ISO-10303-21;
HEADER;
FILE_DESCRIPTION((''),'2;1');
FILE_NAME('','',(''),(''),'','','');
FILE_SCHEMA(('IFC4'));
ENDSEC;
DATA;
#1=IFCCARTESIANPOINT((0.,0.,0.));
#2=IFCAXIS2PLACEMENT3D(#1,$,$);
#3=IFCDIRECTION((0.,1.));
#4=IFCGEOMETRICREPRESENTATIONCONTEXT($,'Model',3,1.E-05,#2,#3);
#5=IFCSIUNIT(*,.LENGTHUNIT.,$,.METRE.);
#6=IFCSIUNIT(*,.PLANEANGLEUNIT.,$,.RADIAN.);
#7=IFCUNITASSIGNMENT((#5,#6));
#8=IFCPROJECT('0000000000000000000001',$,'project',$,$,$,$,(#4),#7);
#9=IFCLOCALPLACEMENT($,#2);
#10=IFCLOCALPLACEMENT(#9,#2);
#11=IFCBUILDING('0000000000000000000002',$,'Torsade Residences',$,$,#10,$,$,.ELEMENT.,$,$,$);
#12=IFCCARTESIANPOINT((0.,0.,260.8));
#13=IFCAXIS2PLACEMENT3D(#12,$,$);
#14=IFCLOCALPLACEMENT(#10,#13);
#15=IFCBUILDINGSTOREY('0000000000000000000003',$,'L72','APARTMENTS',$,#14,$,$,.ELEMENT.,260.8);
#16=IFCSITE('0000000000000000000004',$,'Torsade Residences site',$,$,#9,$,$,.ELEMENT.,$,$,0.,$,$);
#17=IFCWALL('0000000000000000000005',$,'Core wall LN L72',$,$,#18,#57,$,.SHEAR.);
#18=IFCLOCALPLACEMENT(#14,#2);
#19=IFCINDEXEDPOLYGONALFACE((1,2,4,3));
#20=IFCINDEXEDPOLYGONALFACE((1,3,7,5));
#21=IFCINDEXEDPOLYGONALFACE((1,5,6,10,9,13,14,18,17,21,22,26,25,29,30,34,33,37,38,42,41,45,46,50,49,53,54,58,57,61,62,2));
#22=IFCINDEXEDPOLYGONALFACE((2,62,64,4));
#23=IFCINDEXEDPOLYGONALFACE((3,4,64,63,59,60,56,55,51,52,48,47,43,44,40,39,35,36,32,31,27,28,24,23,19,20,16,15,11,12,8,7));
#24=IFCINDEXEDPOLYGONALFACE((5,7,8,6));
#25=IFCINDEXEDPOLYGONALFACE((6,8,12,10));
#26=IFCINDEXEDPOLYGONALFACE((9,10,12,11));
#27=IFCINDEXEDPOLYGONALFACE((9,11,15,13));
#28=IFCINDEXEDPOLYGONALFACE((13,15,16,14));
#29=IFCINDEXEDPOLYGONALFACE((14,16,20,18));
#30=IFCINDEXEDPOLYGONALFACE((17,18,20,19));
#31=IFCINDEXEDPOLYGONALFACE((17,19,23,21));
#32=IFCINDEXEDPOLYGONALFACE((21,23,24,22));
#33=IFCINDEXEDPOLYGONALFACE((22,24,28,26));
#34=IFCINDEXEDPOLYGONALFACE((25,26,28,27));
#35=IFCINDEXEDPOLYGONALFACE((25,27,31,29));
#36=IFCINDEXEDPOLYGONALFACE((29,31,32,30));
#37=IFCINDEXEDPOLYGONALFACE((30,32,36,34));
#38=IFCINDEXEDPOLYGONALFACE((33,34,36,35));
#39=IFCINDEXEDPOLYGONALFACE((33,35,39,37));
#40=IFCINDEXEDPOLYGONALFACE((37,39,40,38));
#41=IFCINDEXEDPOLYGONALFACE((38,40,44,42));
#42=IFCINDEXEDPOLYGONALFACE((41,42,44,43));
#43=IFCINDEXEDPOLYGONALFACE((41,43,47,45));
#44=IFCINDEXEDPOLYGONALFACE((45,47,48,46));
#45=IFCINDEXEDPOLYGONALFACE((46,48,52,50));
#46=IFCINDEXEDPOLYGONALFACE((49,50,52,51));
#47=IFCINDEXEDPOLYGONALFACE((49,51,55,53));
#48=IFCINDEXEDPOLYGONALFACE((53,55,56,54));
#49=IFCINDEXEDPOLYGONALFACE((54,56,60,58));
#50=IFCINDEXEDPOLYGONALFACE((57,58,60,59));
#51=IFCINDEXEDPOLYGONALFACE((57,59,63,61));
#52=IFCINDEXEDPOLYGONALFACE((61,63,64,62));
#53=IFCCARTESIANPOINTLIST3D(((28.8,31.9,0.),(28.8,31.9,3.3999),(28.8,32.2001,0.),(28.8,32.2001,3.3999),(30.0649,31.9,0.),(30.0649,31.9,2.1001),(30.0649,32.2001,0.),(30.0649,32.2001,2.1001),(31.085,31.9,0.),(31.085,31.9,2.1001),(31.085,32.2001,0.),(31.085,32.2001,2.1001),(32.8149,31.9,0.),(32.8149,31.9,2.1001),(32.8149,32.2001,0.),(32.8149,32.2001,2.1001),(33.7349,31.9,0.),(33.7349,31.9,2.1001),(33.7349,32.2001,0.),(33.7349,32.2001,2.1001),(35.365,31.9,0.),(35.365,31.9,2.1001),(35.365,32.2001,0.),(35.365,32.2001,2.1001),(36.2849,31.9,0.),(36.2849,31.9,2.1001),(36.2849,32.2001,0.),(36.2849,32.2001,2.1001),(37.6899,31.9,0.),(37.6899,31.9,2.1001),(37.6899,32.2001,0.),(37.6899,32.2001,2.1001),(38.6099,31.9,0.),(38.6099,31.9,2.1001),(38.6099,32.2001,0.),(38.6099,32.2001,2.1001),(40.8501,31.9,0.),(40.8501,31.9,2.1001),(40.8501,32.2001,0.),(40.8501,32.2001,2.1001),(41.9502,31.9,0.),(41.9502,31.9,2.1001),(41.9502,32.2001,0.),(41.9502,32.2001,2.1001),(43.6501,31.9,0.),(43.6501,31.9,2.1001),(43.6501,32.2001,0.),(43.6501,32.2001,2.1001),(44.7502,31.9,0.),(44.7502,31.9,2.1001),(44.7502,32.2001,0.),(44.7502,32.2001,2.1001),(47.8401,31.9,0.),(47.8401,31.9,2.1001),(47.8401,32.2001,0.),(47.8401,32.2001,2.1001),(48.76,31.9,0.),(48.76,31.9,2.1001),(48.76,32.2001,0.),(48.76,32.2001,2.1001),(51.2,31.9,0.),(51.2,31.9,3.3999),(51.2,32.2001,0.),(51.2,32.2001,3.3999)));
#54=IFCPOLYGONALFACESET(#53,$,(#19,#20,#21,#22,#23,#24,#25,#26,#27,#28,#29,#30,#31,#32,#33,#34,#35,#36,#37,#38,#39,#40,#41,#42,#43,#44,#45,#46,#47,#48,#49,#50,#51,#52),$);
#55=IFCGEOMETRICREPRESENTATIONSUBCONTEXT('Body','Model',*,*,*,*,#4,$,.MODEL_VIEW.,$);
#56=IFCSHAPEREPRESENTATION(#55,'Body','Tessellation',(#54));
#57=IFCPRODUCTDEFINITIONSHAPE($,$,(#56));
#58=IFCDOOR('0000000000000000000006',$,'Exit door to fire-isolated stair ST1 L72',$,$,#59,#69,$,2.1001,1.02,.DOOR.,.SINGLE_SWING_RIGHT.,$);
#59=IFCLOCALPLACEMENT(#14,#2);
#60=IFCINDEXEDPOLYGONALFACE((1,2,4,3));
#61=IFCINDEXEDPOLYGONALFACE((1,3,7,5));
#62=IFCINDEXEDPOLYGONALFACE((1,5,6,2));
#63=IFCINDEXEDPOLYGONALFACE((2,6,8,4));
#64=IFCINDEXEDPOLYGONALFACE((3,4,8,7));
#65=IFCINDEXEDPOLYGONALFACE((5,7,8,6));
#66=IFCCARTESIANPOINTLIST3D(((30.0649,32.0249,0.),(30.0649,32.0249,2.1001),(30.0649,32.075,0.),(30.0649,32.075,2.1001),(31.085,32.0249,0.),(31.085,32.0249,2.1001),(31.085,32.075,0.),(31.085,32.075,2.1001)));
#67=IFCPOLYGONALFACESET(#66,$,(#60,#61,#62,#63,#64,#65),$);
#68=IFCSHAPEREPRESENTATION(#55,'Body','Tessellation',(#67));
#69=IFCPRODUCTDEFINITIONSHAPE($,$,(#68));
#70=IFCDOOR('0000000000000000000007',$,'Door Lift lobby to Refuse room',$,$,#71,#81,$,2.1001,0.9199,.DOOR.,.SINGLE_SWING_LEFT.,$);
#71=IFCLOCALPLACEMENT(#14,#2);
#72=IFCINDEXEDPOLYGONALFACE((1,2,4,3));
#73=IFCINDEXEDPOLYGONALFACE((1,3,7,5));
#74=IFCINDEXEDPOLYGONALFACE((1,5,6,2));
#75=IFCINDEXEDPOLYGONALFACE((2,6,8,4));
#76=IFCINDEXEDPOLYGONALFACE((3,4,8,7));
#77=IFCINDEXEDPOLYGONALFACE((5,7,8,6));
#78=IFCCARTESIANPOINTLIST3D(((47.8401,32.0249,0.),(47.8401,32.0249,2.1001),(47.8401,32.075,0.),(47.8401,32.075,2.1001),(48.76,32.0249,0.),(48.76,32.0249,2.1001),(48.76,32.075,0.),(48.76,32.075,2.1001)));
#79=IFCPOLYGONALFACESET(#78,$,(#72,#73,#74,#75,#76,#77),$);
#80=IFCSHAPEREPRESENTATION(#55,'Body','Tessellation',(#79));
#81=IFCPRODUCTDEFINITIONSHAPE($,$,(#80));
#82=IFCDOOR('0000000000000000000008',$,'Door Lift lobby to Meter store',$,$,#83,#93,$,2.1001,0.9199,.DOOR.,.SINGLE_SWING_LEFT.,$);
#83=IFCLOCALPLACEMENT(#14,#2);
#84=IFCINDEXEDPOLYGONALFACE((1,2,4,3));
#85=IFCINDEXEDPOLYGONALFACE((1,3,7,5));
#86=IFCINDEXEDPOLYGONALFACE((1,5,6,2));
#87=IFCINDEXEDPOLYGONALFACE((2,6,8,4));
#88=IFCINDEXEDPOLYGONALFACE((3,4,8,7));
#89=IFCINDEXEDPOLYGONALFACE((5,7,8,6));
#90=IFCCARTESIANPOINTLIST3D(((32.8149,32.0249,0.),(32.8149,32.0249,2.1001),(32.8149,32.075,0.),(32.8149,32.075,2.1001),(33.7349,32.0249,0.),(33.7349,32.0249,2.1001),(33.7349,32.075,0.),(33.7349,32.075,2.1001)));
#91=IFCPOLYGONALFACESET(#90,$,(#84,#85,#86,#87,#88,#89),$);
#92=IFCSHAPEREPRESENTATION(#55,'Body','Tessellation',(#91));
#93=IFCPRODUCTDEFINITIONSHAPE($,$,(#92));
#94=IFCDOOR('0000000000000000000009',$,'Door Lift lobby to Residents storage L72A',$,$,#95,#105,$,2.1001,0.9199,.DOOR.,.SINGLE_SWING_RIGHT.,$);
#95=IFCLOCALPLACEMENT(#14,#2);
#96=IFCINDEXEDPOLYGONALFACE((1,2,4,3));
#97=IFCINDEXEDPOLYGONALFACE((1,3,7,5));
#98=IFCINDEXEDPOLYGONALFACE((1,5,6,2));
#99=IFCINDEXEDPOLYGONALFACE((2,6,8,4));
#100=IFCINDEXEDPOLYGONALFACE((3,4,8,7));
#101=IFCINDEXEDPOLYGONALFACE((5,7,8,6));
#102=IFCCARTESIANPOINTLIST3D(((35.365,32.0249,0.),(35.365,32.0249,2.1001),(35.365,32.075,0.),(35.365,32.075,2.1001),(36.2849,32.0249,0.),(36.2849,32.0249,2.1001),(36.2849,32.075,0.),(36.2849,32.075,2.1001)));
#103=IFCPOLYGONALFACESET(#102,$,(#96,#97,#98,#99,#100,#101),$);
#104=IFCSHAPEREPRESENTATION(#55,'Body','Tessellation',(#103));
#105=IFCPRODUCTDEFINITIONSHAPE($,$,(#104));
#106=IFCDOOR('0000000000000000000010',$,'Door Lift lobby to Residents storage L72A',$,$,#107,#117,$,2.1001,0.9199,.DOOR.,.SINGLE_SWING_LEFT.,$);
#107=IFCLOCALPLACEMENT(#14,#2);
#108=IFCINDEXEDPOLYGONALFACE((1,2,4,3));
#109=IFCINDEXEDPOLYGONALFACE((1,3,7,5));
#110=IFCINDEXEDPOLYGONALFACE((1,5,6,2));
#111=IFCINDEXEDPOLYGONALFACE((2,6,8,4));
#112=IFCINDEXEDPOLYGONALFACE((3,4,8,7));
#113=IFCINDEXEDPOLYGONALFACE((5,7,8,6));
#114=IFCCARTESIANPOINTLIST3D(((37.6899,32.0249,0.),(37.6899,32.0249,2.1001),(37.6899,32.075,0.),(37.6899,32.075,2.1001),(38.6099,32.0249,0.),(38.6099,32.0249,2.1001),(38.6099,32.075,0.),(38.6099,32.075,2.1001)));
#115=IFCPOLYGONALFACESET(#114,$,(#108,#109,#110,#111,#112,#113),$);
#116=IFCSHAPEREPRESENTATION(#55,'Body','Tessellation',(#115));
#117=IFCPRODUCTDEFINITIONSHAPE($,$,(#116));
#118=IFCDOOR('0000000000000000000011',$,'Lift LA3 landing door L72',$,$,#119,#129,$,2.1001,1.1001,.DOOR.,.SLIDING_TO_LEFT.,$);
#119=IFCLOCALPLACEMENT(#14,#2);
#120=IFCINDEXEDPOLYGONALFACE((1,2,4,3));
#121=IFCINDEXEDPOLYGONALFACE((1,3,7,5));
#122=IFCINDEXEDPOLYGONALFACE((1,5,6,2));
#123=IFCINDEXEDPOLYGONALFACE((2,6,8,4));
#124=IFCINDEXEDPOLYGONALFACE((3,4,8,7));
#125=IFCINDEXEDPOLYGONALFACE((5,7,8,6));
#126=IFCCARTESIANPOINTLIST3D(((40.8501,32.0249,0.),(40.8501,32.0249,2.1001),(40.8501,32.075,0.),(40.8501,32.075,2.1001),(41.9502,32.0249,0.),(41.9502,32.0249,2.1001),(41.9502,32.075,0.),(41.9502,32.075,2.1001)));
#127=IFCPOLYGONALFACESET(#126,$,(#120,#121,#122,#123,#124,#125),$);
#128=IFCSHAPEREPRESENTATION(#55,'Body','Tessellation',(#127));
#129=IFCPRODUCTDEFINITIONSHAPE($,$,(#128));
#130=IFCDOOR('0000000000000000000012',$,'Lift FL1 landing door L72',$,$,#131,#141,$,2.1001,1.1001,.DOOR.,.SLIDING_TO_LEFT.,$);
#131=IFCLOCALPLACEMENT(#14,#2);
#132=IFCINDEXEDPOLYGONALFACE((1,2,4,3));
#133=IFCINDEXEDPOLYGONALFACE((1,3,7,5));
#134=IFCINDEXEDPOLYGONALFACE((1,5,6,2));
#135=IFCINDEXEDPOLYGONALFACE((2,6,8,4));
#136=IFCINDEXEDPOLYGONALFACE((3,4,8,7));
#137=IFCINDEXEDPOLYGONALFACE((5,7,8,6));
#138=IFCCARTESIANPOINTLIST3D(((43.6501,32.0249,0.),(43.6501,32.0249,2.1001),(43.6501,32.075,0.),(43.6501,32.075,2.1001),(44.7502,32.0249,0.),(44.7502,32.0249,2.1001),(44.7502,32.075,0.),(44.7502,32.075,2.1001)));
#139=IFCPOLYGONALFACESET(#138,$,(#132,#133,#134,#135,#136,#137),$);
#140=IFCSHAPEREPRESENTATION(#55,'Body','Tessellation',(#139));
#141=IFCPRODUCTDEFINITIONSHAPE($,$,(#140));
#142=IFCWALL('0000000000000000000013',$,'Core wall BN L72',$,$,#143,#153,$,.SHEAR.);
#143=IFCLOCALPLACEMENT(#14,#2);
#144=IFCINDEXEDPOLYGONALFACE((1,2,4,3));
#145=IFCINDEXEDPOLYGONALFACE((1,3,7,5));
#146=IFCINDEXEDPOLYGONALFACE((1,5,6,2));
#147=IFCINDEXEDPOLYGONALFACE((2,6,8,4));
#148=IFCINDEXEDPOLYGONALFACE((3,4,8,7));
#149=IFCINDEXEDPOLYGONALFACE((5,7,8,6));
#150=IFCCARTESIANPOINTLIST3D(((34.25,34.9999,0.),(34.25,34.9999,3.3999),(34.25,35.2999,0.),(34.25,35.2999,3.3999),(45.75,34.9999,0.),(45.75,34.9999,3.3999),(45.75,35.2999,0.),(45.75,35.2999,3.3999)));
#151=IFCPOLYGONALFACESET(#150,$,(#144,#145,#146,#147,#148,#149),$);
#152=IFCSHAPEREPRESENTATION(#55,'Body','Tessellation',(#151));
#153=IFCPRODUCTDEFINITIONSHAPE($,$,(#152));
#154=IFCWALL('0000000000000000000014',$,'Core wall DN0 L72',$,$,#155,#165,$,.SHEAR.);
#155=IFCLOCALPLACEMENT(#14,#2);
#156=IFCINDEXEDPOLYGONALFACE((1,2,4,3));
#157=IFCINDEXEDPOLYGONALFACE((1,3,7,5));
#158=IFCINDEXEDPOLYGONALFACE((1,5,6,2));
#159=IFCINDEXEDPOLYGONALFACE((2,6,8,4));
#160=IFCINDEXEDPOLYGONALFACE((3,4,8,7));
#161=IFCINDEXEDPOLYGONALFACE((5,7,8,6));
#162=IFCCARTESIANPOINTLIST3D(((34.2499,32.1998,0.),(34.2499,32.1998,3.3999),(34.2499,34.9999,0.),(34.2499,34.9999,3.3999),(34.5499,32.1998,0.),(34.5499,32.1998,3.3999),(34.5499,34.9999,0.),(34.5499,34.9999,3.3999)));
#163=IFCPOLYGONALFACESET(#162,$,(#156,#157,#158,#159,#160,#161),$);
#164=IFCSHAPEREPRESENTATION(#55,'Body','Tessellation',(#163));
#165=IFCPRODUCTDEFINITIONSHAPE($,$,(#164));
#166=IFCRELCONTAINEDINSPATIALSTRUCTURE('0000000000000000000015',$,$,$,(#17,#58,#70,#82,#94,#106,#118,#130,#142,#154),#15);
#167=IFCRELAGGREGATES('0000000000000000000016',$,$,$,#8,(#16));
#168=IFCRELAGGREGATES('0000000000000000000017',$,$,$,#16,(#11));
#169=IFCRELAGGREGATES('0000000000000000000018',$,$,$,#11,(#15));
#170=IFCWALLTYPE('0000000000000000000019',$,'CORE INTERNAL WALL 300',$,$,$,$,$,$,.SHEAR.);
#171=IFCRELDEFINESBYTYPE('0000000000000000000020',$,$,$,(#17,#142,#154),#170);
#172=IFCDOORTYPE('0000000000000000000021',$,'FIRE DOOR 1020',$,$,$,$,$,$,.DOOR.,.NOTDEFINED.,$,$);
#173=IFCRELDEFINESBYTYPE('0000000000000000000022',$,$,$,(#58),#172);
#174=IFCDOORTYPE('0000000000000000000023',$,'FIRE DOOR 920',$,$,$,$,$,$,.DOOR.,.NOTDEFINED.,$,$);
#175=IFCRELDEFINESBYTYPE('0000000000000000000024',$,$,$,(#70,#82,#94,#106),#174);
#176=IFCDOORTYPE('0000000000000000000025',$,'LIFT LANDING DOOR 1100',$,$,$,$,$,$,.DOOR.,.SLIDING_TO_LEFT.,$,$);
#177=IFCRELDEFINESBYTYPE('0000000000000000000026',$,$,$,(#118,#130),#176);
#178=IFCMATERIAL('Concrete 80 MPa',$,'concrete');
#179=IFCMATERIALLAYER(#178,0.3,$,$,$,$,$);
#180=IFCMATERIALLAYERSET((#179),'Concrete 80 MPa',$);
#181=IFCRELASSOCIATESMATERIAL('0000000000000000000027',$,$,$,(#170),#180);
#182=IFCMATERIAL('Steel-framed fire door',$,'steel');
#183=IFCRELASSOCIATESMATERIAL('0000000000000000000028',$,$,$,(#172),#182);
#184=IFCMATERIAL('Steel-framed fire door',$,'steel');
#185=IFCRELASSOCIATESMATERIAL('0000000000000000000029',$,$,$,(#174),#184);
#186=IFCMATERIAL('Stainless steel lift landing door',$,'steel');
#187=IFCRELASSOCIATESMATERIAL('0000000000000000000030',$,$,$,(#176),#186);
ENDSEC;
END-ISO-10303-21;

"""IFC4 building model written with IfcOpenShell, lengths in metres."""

from ifc_helpers import new_model, si_unit, direction, frame, frame_2d, origin, place, context, subcontext, project, spatial, rectangle, extrude, material, layer, layer_set, type_object, element, fill, save


model = new_model("IFC4")

# Units and contexts
model_context = context("Model", 3, precision=1e-05, world=origin(), true_north=direction((0.0, 1.0)))
body_context = subcontext(model_context, "Body", "Model", "MODEL_VIEW")
ifc_project = project(units=[si_unit("LENGTHUNIT", "METRE"), si_unit("PLANEANGLEUNIT", "RADIAN")], contexts=[model_context])

# Site, building, storey
site_placement = place(None, origin())
site = spatial("IfcSite", under=ifc_project, at=site_placement, Name="Torsade Residences site", CompositionType="ELEMENT", RefElevation=0.0)
building_placement = place(site_placement, origin())
building = spatial("IfcBuilding", under=site, at=building_placement, Name="Torsade Residences", CompositionType="ELEMENT")
storey_placement = place(building_placement, frame((0.0, 0.0, 260.8)))
storey = spatial("IfcBuildingStorey", under=building, at=storey_placement, Name="L72", Description="APARTMENTS", CompositionType="ELEMENT", Elevation=260.8)

# Wall, openings, doors
ifc_material_1 = material(Name="Concrete 80 MPa", Category="concrete")
ifc_layer_1 = layer(ifc_material_1, 0.3)
ifc_layer_set_1 = layer_set([ifc_layer_1], Name="Concrete 80 MPa")
wall_type_1 = type_object("IfcWallType", Name="CORE INTERNAL WALL 300", PredefinedType="SHEAR", material=ifc_layer_set_1)
wall_1_placement = place(storey_placement, frame((28.8, 32.05, 0.0), z_axis=(0.0, 0.0, 1.0), x_axis=(1.0, 0.0, 0.0)))
wall_1 = element("IfcWall", 1, at=wall_1_placement, inside=storey, type_object=wall_type_1, Name="Core wall LN L72", PredefinedType="SHEAR", context=body_context, shape_type="SweptSolid", body=[
    extrude(rectangle(XDim=22.3999, YDim=0.3, at=frame_2d((11.2, 0.0))), origin(), (0.0, 0.0, 1.0), 3.3999),
])
opening_1_placement = place(wall_1_placement, frame((19.04, 0.0, 0.0)))
opening_1 = element("IfcOpeningElement", 2, at=opening_1_placement, cuts=wall_1, PredefinedType="OPENING", context=body_context, shape_type="SweptSolid", body=[
    extrude(rectangle(XDim=0.9199, YDim=2.1001, at=frame_2d((0.46, 1.05))), frame((0.0, 0.1599, 0.0), z_axis=(0.0, -1.0, 0.0), x_axis=(1.0, 0.0, 0.0)), (0.0, 0.0, 1.0), 0.3201),
])
opening_2_placement = place(wall_1_placement, frame((1.2649, 0.0, 0.0)))
opening_2 = element("IfcOpeningElement", 3, at=opening_2_placement, cuts=wall_1, PredefinedType="OPENING", context=body_context, shape_type="SweptSolid", body=[
    extrude(rectangle(XDim=1.02, YDim=2.1001, at=frame_2d((0.51, 1.05))), frame((0.0, 0.1599, 0.0), z_axis=(0.0, -1.0, 0.0), x_axis=(1.0, 0.0, 0.0)), (0.0, 0.0, 1.0), 0.3201),
])
opening_3_placement = place(wall_1_placement, frame((4.0149, 0.0, 0.0)))
opening_3 = element("IfcOpeningElement", 4, at=opening_3_placement, cuts=wall_1, PredefinedType="OPENING", context=body_context, shape_type="SweptSolid", body=[
    extrude(rectangle(XDim=0.9199, YDim=2.1001, at=frame_2d((0.46, 1.05))), frame((0.0, 0.1599, 0.0), z_axis=(0.0, -1.0, 0.0), x_axis=(1.0, 0.0, 0.0)), (0.0, 0.0, 1.0), 0.3201),
])
opening_4_placement = place(wall_1_placement, frame((6.5649, 0.0, 0.0)))
opening_4 = element("IfcOpeningElement", 5, at=opening_4_placement, cuts=wall_1, PredefinedType="OPENING", context=body_context, shape_type="SweptSolid", body=[
    extrude(rectangle(XDim=0.9199, YDim=2.1001, at=frame_2d((0.46, 1.05))), frame((0.0, 0.1599, 0.0), z_axis=(0.0, -1.0, 0.0), x_axis=(1.0, 0.0, 0.0)), (0.0, 0.0, 1.0), 0.3201),
])
opening_5_placement = place(wall_1_placement, frame((8.8899, 0.0, 0.0)))
opening_5 = element("IfcOpeningElement", 6, at=opening_5_placement, cuts=wall_1, PredefinedType="OPENING", context=body_context, shape_type="SweptSolid", body=[
    extrude(rectangle(XDim=0.9199, YDim=2.1001, at=frame_2d((0.46, 1.05))), frame((0.0, 0.1599, 0.0), z_axis=(0.0, -1.0, 0.0), x_axis=(1.0, 0.0, 0.0)), (0.0, 0.0, 1.0), 0.3201),
])
opening_6_placement = place(wall_1_placement, frame((12.05, 0.0, 0.0)))
opening_6 = element("IfcOpeningElement", 7, at=opening_6_placement, cuts=wall_1, PredefinedType="OPENING", context=body_context, shape_type="SweptSolid", body=[
    extrude(rectangle(XDim=1.1001, YDim=2.1001, at=frame_2d((0.55, 1.05))), frame((0.0, 0.1599, 0.0), z_axis=(0.0, -1.0, 0.0), x_axis=(1.0, 0.0, 0.0)), (0.0, 0.0, 1.0), 0.3201),
])
opening_7_placement = place(wall_1_placement, frame((14.8501, 0.0, 0.0)))
opening_7 = element("IfcOpeningElement", 8, at=opening_7_placement, cuts=wall_1, PredefinedType="OPENING", context=body_context, shape_type="SweptSolid", body=[
    extrude(rectangle(XDim=1.1001, YDim=2.1001, at=frame_2d((0.55, 1.05))), frame((0.0, 0.1599, 0.0), z_axis=(0.0, -1.0, 0.0), x_axis=(1.0, 0.0, 0.0)), (0.0, 0.0, 1.0), 0.3201),
])
ifc_material_2 = material(Name="Steel-framed fire door", Category="steel")
door_type_1 = type_object("IfcDoorType", Name="FIRE DOOR 1020", OperationType="NOTDEFINED", PredefinedType="DOOR", material=ifc_material_2)
door_1_placement = place(opening_2_placement, origin())
door_1 = element("IfcDoor", 9, at=door_1_placement, inside=storey, type_object=door_type_1, Name="Exit door to fire-isolated stair ST1 L72", OperationType="SINGLE_SWING_RIGHT", OverallHeight=2.1001, OverallWidth=1.02, PredefinedType="DOOR", context=body_context, shape_type="SweptSolid", body=[
    extrude(rectangle(XDim=1.02, YDim=2.1001, at=frame_2d((0.51, 1.05))), frame((0.0, 0.0249, 0.0), z_axis=(0.0, -1.0, 0.0), x_axis=(1.0, 0.0, 0.0)), (0.0, 0.0, 1.0), 0.05),
])
fill(opening_2, door_1)
ifc_material_3 = material(Name="Steel-framed fire door", Category="steel")
door_type_2 = type_object("IfcDoorType", Name="FIRE DOOR 920", OperationType="NOTDEFINED", PredefinedType="DOOR", material=ifc_material_3)
door_2_placement = place(opening_1_placement, origin())
door_2 = element("IfcDoor", 10, at=door_2_placement, inside=storey, type_object=door_type_2, Name="Door Lift lobby to Refuse room", OperationType="SINGLE_SWING_LEFT", OverallHeight=2.1001, OverallWidth=0.9199, PredefinedType="DOOR", context=body_context, shape_type="SweptSolid", body=[
    extrude(rectangle(XDim=0.9199, YDim=2.1001, at=frame_2d((0.46, 1.05))), frame((0.0, 0.0249, 0.0), z_axis=(0.0, -1.0, 0.0), x_axis=(1.0, 0.0, 0.0)), (0.0, 0.0, 1.0), 0.05),
])
fill(opening_1, door_2)
door_3_placement = place(opening_3_placement, origin())
door_3 = element("IfcDoor", 11, at=door_3_placement, inside=storey, type_object=door_type_2, Name="Door Lift lobby to Meter store", OperationType="SINGLE_SWING_LEFT", OverallHeight=2.1001, OverallWidth=0.9199, PredefinedType="DOOR", context=body_context, shape_type="SweptSolid", body=[
    extrude(rectangle(XDim=0.9199, YDim=2.1001, at=frame_2d((0.46, 1.05))), frame((0.0, 0.0249, 0.0), z_axis=(0.0, -1.0, 0.0), x_axis=(1.0, 0.0, 0.0)), (0.0, 0.0, 1.0), 0.05),
])
fill(opening_3, door_3)
door_4_placement = place(opening_4_placement, origin())
door_4 = element("IfcDoor", 12, at=door_4_placement, inside=storey, type_object=door_type_2, Name="Door Lift lobby to Residents storage L72A", OperationType="SINGLE_SWING_RIGHT", OverallHeight=2.1001, OverallWidth=0.9199, PredefinedType="DOOR", context=body_context, shape_type="SweptSolid", body=[
    extrude(rectangle(XDim=0.9199, YDim=2.1001, at=frame_2d((0.46, 1.05))), frame((0.0, 0.0249, 0.0), z_axis=(0.0, -1.0, 0.0), x_axis=(1.0, 0.0, 0.0)), (0.0, 0.0, 1.0), 0.05),
])
fill(opening_4, door_4)
door_5_placement = place(opening_5_placement, origin())
door_5 = element("IfcDoor", 13, at=door_5_placement, inside=storey, type_object=door_type_2, Name="Door Lift lobby to Residents storage L72A", OperationType="SINGLE_SWING_LEFT", OverallHeight=2.1001, OverallWidth=0.9199, PredefinedType="DOOR", context=body_context, shape_type="SweptSolid", body=[
    extrude(rectangle(XDim=0.9199, YDim=2.1001, at=frame_2d((0.46, 1.05))), frame((0.0, 0.0249, 0.0), z_axis=(0.0, -1.0, 0.0), x_axis=(1.0, 0.0, 0.0)), (0.0, 0.0, 1.0), 0.05),
])
fill(opening_5, door_5)
ifc_material_4 = material(Name="Stainless steel lift landing door", Category="steel")
door_type_3 = type_object("IfcDoorType", Name="LIFT LANDING DOOR 1100", OperationType="SLIDING_TO_LEFT", PredefinedType="DOOR", material=ifc_material_4)
door_6_placement = place(opening_6_placement, origin())
door_6 = element("IfcDoor", 14, at=door_6_placement, inside=storey, type_object=door_type_3, Name="Lift LA3 landing door L72", OperationType="SLIDING_TO_LEFT", OverallHeight=2.1001, OverallWidth=1.1001, PredefinedType="DOOR", context=body_context, shape_type="SweptSolid", body=[
    extrude(rectangle(XDim=1.1001, YDim=2.1001, at=frame_2d((0.55, 1.05))), frame((0.0, 0.0249, 0.0), z_axis=(0.0, -1.0, 0.0), x_axis=(1.0, 0.0, 0.0)), (0.0, 0.0, 1.0), 0.05),
])
fill(opening_6, door_6)
door_7_placement = place(opening_7_placement, origin())
door_7 = element("IfcDoor", 15, at=door_7_placement, inside=storey, type_object=door_type_3, Name="Lift FL1 landing door L72", OperationType="SLIDING_TO_LEFT", OverallHeight=2.1001, OverallWidth=1.1001, PredefinedType="DOOR", context=body_context, shape_type="SweptSolid", body=[
    extrude(rectangle(XDim=1.1001, YDim=2.1001, at=frame_2d((0.55, 1.05))), frame((0.0, 0.0249, 0.0), z_axis=(0.0, -1.0, 0.0), x_axis=(1.0, 0.0, 0.0)), (0.0, 0.0, 1.0), 0.05),
])
fill(opening_7, door_7)

# Walls
wall_2_placement = place(storey_placement, frame((34.25, 35.1499, 0.0), z_axis=(0.0, 0.0, 1.0), x_axis=(1.0, 0.0, 0.0)))
element("IfcWall", 16, at=wall_2_placement, inside=storey, type_object=wall_type_1, Name="Core wall BN L72", PredefinedType="SHEAR", context=body_context, shape_type="SweptSolid", body=[
    extrude(rectangle(XDim=11.5, YDim=0.3, at=frame_2d((5.75, 0.0))), origin(), (0.0, 0.0, 1.0), 3.3999),
])
wall_3_placement = place(storey_placement, frame((34.3999, 32.2, 0.0), z_axis=(0.0, 0.0, 1.0), x_axis=(0.0, 1.0, 0.0)))
element("IfcWall", 17, at=wall_3_placement, inside=storey, type_object=wall_type_1, Name="Core wall DN0 L72", PredefinedType="SHEAR", context=body_context, shape_type="SweptSolid", body=[
    extrude(rectangle(XDim=2.8, YDim=0.3, at=frame_2d((1.3999, 0.0))), origin(), (0.0, 0.0, 1.0), 3.3999),
])

save(model, "model.ifc")
